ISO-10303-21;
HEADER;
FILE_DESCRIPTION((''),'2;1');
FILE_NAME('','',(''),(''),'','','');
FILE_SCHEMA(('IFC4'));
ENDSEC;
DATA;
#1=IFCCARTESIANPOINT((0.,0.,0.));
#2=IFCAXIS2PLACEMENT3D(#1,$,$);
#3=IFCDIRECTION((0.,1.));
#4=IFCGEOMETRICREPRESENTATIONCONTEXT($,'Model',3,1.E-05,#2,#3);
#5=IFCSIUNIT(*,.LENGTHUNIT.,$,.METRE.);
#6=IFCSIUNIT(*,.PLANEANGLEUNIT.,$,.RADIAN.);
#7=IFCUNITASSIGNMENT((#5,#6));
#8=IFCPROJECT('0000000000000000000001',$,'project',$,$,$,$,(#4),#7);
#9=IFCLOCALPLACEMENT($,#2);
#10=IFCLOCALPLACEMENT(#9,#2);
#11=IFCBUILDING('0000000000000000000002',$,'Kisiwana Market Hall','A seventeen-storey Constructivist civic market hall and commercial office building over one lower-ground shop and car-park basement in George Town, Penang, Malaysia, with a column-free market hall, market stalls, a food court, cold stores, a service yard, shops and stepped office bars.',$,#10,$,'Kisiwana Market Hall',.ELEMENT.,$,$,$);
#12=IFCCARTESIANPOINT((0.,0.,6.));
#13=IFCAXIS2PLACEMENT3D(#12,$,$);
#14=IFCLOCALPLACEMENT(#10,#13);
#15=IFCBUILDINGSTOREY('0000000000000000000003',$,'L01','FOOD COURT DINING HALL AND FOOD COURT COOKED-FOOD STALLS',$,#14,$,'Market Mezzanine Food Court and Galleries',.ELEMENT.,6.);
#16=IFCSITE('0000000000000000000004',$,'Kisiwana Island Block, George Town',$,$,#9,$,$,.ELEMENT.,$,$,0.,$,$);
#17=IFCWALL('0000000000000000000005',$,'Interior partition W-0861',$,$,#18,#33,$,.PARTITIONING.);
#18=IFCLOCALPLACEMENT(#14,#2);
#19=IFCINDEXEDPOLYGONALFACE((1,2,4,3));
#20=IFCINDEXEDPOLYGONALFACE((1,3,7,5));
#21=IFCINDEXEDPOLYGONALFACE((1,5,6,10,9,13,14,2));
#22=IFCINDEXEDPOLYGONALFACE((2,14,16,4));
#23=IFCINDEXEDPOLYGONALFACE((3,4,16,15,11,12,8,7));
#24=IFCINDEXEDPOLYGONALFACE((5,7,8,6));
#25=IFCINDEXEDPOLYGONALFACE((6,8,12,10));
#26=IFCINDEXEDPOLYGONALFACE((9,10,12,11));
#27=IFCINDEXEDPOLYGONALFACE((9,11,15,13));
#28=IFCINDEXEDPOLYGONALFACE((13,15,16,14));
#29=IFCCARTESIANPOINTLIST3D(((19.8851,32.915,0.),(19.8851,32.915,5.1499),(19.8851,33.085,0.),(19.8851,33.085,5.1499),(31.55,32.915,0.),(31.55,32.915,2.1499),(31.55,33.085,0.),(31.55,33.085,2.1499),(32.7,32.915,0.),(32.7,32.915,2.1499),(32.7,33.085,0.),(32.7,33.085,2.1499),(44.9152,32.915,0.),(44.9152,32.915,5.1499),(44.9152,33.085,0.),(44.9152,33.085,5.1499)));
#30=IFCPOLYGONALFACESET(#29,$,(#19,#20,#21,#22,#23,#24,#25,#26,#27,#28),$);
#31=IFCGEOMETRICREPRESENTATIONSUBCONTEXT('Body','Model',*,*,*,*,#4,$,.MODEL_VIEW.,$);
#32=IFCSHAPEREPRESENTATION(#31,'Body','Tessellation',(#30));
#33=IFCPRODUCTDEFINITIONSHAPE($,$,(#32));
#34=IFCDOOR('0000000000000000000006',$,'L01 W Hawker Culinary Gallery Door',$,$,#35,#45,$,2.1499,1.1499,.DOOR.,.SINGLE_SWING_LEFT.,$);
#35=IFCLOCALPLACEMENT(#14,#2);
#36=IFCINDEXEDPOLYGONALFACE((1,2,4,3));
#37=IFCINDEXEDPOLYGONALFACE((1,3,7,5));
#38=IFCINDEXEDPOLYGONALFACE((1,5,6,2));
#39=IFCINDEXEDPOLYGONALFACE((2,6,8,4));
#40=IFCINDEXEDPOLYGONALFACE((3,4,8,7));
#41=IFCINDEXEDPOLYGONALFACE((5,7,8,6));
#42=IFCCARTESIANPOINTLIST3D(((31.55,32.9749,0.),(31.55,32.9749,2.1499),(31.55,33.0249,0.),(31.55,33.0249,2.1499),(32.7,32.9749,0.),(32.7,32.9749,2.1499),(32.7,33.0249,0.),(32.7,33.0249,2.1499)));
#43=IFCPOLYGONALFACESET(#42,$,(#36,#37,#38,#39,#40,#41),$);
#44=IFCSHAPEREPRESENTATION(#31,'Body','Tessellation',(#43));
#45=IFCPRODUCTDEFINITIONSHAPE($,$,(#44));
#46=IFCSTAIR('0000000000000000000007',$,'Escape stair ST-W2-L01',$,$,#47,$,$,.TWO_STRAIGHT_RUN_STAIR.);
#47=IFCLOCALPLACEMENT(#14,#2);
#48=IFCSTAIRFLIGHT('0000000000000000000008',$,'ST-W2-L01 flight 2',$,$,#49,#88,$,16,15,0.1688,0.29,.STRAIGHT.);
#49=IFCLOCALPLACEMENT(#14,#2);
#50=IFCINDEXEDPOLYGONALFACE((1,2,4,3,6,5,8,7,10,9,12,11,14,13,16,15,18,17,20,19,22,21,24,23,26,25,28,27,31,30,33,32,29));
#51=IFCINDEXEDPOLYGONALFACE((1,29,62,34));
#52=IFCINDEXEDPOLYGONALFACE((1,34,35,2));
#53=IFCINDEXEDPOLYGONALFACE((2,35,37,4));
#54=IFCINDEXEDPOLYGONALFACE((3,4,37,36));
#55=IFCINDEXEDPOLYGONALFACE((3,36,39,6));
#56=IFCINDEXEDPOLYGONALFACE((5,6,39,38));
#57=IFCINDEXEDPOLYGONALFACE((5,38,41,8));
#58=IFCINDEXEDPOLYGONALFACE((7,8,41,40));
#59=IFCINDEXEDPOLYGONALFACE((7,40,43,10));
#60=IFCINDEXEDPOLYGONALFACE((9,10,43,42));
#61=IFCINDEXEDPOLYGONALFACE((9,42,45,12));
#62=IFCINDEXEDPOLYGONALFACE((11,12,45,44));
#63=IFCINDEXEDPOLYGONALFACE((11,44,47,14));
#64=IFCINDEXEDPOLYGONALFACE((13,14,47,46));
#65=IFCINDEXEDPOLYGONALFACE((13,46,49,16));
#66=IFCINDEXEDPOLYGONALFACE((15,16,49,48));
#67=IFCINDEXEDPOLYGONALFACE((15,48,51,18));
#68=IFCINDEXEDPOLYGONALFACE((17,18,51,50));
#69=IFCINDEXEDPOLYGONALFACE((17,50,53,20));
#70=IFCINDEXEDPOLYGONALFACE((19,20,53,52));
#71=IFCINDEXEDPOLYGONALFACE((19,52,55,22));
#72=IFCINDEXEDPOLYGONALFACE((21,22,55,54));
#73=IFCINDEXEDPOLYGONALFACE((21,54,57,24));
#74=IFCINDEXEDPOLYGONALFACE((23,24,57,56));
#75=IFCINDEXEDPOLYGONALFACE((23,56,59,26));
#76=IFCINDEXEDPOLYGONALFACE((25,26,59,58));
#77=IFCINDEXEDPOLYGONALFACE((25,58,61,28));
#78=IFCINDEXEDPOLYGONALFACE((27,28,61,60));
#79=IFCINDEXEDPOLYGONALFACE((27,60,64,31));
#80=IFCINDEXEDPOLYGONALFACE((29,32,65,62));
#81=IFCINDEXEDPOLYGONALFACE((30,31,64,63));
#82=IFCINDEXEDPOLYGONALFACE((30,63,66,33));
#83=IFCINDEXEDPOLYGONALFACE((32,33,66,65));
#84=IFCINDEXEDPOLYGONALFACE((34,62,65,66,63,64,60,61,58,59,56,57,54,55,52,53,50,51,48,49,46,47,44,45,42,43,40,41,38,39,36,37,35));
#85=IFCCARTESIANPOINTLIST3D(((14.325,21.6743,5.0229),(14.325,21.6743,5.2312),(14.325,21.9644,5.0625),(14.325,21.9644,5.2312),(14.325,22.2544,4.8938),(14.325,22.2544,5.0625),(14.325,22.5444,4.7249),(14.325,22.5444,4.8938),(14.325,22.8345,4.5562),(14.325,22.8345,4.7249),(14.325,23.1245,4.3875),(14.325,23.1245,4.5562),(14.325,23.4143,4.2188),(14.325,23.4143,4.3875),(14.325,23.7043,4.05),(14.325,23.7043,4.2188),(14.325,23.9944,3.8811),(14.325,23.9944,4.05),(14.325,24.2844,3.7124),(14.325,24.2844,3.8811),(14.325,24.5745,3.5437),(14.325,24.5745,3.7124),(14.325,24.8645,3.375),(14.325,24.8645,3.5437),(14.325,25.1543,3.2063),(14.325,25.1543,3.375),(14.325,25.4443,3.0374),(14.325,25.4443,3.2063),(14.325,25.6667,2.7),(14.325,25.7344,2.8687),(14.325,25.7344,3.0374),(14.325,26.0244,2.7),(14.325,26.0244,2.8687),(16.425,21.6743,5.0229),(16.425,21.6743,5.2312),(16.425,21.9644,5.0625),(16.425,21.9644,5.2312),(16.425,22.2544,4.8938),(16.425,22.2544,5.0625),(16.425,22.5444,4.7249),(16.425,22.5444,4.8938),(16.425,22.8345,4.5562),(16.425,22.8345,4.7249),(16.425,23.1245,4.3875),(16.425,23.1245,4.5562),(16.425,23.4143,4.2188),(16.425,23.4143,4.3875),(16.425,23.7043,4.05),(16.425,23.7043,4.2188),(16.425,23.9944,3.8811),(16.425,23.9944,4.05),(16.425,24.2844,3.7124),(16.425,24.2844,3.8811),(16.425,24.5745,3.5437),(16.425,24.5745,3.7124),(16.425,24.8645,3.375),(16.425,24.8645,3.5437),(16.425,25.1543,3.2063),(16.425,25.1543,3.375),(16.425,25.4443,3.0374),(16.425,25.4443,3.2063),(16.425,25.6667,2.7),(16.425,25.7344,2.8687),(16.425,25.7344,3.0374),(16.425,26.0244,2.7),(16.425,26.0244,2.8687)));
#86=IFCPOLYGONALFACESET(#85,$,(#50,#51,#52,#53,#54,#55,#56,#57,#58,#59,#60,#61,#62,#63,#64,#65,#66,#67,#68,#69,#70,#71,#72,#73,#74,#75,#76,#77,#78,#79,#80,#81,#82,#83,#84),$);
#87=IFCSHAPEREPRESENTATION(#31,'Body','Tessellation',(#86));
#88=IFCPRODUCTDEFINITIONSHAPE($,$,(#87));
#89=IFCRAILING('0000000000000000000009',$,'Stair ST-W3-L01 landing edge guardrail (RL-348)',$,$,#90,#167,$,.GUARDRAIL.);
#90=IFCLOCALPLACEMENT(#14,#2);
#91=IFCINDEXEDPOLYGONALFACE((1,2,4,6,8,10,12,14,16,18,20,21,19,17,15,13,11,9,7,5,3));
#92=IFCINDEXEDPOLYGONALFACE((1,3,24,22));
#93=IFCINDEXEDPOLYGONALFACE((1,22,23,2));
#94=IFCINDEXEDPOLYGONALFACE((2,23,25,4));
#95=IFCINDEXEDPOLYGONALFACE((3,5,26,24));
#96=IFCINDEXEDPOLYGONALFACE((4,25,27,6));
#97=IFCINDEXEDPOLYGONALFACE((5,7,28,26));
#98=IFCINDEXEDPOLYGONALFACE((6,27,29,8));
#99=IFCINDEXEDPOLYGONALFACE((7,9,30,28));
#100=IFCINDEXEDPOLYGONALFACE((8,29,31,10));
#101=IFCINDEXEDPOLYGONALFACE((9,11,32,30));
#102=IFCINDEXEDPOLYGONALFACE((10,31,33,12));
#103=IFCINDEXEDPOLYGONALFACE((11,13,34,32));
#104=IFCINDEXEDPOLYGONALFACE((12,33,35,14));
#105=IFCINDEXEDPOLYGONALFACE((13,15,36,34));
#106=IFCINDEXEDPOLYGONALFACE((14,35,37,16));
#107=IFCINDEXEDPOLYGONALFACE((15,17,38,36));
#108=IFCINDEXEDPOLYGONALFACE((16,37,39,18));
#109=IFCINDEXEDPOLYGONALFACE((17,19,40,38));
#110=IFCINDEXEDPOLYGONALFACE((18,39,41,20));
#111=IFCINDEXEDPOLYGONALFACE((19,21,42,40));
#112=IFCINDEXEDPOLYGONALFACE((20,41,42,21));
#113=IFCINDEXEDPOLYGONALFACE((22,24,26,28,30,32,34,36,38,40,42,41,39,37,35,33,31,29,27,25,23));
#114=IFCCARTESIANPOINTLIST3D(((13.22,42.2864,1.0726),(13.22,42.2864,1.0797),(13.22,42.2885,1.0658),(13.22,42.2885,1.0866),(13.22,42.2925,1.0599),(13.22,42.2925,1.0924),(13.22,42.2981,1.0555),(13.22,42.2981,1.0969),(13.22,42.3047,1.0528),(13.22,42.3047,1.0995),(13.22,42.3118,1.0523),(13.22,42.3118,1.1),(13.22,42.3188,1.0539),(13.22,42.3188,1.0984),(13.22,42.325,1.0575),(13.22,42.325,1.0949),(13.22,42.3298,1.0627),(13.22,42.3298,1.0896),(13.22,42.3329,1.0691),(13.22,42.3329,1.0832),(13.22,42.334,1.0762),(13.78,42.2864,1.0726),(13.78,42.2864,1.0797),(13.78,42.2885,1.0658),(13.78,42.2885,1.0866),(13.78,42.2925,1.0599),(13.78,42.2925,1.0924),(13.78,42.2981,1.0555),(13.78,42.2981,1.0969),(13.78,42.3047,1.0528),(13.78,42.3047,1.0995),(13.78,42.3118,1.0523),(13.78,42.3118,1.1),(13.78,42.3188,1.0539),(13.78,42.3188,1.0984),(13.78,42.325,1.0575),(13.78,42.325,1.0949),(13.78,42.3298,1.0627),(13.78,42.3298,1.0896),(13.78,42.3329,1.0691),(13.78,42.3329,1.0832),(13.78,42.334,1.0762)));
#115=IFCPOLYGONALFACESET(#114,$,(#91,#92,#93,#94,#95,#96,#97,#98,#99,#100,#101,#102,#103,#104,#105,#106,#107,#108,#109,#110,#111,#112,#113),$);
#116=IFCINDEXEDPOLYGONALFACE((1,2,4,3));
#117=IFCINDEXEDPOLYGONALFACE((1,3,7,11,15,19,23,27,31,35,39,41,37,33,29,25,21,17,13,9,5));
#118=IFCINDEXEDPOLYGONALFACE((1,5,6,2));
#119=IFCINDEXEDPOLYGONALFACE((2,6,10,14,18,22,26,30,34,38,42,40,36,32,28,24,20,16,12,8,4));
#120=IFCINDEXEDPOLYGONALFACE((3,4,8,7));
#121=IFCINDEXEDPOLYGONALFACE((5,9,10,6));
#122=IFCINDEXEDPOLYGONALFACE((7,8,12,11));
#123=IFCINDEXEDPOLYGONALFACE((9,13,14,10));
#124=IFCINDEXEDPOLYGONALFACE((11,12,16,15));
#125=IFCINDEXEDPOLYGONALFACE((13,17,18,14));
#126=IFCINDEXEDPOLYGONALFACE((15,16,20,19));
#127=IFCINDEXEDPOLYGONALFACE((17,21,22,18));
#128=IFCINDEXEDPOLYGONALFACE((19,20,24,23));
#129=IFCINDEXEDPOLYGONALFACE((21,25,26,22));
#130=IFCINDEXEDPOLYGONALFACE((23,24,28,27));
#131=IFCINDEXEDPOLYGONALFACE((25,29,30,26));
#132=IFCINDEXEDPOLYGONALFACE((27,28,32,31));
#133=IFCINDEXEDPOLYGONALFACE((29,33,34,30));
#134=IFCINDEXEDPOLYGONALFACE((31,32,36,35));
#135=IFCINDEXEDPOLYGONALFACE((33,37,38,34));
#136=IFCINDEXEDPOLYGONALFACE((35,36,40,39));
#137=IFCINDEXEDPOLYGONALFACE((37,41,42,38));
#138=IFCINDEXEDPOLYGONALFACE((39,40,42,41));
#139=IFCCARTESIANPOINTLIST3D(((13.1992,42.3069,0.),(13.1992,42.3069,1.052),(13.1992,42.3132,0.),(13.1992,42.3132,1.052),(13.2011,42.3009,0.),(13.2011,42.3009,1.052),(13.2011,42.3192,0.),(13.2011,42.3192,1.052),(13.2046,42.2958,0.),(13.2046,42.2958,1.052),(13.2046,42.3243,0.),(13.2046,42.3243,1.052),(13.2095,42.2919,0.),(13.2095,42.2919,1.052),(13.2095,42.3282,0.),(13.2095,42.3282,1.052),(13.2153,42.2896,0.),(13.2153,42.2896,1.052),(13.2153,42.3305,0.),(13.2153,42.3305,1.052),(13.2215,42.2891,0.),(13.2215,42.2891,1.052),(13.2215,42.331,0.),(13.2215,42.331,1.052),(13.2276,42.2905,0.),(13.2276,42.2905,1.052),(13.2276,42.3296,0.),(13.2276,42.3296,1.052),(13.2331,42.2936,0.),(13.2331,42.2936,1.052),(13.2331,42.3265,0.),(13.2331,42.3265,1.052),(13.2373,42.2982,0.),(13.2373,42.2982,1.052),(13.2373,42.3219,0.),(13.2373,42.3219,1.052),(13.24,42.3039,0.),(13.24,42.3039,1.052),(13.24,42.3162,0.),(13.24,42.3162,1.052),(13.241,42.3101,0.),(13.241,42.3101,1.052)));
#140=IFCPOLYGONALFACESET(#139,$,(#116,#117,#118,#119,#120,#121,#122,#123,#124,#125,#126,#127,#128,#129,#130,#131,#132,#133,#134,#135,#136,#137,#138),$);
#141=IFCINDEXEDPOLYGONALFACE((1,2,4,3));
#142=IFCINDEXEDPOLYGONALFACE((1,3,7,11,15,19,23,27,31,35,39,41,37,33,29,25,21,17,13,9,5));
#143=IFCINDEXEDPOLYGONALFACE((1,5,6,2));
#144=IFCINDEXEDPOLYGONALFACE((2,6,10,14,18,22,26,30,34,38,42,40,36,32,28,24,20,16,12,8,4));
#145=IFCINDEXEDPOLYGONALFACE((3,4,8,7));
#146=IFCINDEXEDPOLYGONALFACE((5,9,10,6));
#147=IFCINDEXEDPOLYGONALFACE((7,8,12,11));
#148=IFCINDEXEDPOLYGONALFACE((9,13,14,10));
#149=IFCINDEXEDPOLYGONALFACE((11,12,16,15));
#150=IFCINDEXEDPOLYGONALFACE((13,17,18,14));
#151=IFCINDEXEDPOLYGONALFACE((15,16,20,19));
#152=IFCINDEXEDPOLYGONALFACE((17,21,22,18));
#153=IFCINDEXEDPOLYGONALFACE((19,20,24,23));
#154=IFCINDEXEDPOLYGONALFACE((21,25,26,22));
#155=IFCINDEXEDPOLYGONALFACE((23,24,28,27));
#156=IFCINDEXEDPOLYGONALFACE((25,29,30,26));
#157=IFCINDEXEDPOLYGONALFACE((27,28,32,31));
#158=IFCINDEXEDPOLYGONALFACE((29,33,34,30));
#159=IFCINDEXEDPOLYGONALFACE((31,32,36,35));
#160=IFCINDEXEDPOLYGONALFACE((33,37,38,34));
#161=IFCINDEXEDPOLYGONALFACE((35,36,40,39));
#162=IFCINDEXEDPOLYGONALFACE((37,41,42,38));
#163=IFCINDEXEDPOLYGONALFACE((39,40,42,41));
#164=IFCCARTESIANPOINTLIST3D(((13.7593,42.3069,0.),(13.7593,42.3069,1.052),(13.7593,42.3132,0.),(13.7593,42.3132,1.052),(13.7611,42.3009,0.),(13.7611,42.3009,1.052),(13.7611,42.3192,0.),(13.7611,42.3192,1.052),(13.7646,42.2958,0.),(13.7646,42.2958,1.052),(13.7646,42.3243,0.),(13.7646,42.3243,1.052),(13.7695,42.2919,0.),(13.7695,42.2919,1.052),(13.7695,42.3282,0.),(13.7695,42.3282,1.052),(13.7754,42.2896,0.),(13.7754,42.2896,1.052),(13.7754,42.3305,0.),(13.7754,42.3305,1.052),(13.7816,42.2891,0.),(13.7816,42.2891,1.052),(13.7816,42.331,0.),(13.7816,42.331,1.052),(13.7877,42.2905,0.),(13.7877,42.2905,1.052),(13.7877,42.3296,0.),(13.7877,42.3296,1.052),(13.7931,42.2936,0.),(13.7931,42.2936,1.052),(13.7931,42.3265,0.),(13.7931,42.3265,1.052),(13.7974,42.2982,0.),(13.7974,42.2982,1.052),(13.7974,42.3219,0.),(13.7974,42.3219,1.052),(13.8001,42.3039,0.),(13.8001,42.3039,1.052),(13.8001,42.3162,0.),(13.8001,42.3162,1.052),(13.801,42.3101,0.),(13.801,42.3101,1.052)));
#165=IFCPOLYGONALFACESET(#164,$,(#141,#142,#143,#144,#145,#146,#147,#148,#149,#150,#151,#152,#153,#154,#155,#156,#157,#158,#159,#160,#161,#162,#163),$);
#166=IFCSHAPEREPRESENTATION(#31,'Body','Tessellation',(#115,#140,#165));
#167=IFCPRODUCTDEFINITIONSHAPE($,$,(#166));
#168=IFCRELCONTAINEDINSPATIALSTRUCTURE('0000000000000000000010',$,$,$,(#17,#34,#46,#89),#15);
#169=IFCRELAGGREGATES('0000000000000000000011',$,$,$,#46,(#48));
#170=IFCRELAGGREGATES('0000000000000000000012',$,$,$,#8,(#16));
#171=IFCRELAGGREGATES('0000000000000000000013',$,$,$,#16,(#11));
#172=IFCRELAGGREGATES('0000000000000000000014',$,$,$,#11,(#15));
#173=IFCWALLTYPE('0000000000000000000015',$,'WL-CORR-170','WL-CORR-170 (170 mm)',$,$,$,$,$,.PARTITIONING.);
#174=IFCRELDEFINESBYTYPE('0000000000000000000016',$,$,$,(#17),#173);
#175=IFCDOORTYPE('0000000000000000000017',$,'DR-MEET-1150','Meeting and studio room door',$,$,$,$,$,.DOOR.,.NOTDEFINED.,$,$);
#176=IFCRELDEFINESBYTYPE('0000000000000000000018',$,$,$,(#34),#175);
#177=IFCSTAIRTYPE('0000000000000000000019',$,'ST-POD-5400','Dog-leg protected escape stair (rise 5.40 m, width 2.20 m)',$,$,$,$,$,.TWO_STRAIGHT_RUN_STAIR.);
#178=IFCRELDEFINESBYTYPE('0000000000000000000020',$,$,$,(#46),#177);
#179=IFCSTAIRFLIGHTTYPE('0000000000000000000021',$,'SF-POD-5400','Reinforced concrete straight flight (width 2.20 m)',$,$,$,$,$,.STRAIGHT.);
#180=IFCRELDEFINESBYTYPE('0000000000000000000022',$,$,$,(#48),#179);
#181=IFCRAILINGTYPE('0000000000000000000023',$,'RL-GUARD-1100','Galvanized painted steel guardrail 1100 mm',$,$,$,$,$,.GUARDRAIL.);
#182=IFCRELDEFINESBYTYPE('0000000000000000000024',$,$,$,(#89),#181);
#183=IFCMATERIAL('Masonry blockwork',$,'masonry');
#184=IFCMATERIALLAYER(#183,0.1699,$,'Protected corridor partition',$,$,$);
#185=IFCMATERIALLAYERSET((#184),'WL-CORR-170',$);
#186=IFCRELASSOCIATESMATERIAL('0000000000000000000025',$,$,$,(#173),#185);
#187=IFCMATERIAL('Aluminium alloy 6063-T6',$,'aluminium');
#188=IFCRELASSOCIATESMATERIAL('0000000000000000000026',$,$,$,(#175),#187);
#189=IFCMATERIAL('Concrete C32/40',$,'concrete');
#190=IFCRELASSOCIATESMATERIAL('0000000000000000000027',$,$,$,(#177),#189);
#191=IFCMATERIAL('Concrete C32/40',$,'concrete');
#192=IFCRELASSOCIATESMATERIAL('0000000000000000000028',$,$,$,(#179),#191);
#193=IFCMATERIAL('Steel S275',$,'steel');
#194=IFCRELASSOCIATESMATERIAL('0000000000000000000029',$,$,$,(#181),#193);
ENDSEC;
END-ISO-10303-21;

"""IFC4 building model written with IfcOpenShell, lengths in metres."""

from ifc_helpers import new_model, si_unit, direction, frame, frame_2d, origin, origin_2d, place, context, subcontext, project, spatial, polyline, rectangle, circle, outline, extrude, material, layer, layer_set, type_object, element, fill, aggregate, save


model = new_model("IFC4")

# Units and contexts
model_context = context("Model", 3, precision=1e-05, world=origin(), true_north=direction((0.0, 1.0)))
body_context = subcontext(model_context, "Body", "Model", "MODEL_VIEW")
ifc_project = project(units=[si_unit("LENGTHUNIT", "METRE"), si_unit("PLANEANGLEUNIT", "RADIAN")], contexts=[model_context])

# Site, building, storey
site_placement = place(None, origin())
site = spatial("IfcSite", under=ifc_project, at=site_placement, Name="Kisiwana Island Block, George Town", CompositionType="ELEMENT", RefElevation=0.0)
building_placement = place(site_placement, origin())
building = spatial("IfcBuilding", under=site, at=building_placement, Name="Kisiwana Market Hall", Description="A seventeen-storey Constructivist civic market hall and commercial office building over one lower-ground shop and car-park basement in George Town, Penang, Malaysia, with a column-free market hall, market stalls, a food court, cold stores, a service yard, shops and stepped office bars.", LongName="Kisiwana Market Hall", CompositionType="ELEMENT")
storey_placement = place(building_placement, frame((0.0, 0.0, 6.0)))
storey = spatial("IfcBuildingStorey", under=building, at=storey_placement, Name="L01", Description="FOOD COURT DINING HALL AND FOOD COURT COOKED-FOOD STALLS", LongName="Market Mezzanine Food Court and Galleries", CompositionType="ELEMENT", Elevation=6.0)

# Wall, opening, door
ifc_material_1 = material(Name="Masonry blockwork", Category="masonry")
ifc_layer_1 = layer(ifc_material_1, 0.1699, Name="Protected corridor partition")
ifc_layer_set_1 = layer_set([ifc_layer_1], Name="WL-CORR-170")
wall_type_1 = type_object("IfcWallType", Name="WL-CORR-170", Description="WL-CORR-170 (170 mm)", PredefinedType="PARTITIONING", material=ifc_layer_set_1)
wall_1_placement = place(storey_placement, frame((19.885, 33.0, 0.0), z_axis=(0.0, 0.0, 1.0), x_axis=(1.0, 0.0, 0.0)))
wall_1 = element("IfcWall", 1, at=wall_1_placement, inside=storey, type_object=wall_type_1, Name="Interior partition W-0861", PredefinedType="PARTITIONING", context=body_context, shape_type="SweptSolid", body=[
    extrude(rectangle(XDim=25.03, YDim=0.1699, at=frame_2d((12.5151, 0.0))), origin(), (0.0, 0.0, 1.0), 5.1499),
])
opening_1_placement = place(wall_1_placement, frame((11.665, 0.0, 0.0)))
opening_1 = element("IfcOpeningElement", 2, at=opening_1_placement, cuts=wall_1, PredefinedType="OPENING", context=body_context, shape_type="SweptSolid", body=[
    extrude(rectangle(XDim=1.1499, YDim=2.1499, at=frame_2d((0.575, 1.075))), frame((0.0, 0.0969, 0.0), z_axis=(0.0, -1.0, 0.0), x_axis=(1.0, 0.0, 0.0)), (0.0, 0.0, 1.0), 0.1938),
])
ifc_material_2 = material(Name="Aluminium alloy 6063-T6", Category="aluminium")
door_type_1 = type_object("IfcDoorType", Name="DR-MEET-1150", Description="Meeting and studio room door", OperationType="NOTDEFINED", PredefinedType="DOOR", material=ifc_material_2)
door_1_placement = place(opening_1_placement, origin())
door_1 = element("IfcDoor", 3, at=door_1_placement, inside=storey, type_object=door_type_1, Name="L01 W Hawker Culinary Gallery Door", OperationType="SINGLE_SWING_LEFT", OverallHeight=2.1499, OverallWidth=1.1499, PredefinedType="DOOR", context=body_context, shape_type="SweptSolid", body=[
    extrude(rectangle(XDim=1.1499, YDim=2.1499, at=frame_2d((0.575, 1.075))), frame((0.0, 0.0249, 0.0), z_axis=(0.0, -1.0, 0.0), x_axis=(1.0, 0.0, 0.0)), (0.0, 0.0, 1.0), 0.05),
])
fill(opening_1, door_1)

# Stair, stair flight
ifc_material_3 = material(Name="Concrete C32/40", Category="concrete")
stair_type = type_object("IfcStairType", Name="ST-POD-5400", Description="Dog-leg protected escape stair (rise 5.40 m, width 2.20 m)", PredefinedType="TWO_STRAIGHT_RUN_STAIR", material=ifc_material_3)
stair_placement = place(storey_placement, origin())
stair = element("IfcStair", 4, at=stair_placement, inside=storey, type_object=stair_type, Name="Escape stair ST-W2-L01", PredefinedType="TWO_STRAIGHT_RUN_STAIR")
ifc_material_4 = material(Name="Concrete C32/40", Category="concrete")
stair_flight_type = type_object("IfcStairFlightType", Name="SF-POD-5400", Description="Reinforced concrete straight flight (width 2.20 m)", PredefinedType="STRAIGHT", material=ifc_material_4)
stair_flight_placement = place(storey_placement, frame((15.375, 26.0244, 2.7), z_axis=(0.0, 0.0, 1.0), x_axis=(0.0, -1.0, 0.0)))
stair_flight = element("IfcStairFlight", 5, at=stair_flight_placement, type_object=stair_flight_type, Name="ST-W2-L01 flight 2", NumberOfRisers=16, NumberOfTreads=15, PredefinedType="STRAIGHT", RiserHeight=0.1688, TreadLength=0.29, context=body_context, shape_type="SweptSolid", body=[
    extrude(outline(polyline([(0.0, 0.0), (0.0, 0.1687), (0.29, 0.1687), (0.29, 0.3374), (0.5801, 0.3374), (0.5801, 0.5063), (0.8701, 0.5063), (0.8701, 0.675), (1.1599, 0.675), (1.1599, 0.8438), (1.45, 0.8438), (1.45, 1.0125), (1.74, 1.0125), (1.74, 1.1812), (2.03, 1.1812), (2.03, 1.3501), (2.3201, 1.3501), (2.3201, 1.5188), (2.6101, 1.5188), (2.6101, 1.6875), (2.8999, 1.6875), (2.8999, 1.8562), (3.1899, 1.8562), (3.1899, 2.0249), (3.48, 2.0249), (3.48, 2.1938), (3.77, 2.1938), (3.77, 2.3625), (4.0601, 2.3625), (4.0601, 2.5312), (4.3501, 2.5312), (4.3501, 2.7), (4.3501, 2.323), (0.3577, 0.0), (0.0, 0.0)])), frame((0.0, 1.05, 0.0), z_axis=(0.0, -1.0, 0.0), x_axis=(1.0, 0.0, 0.0)), (0.0, 0.0, 1.0), 2.1001),
])
aggregate(stair, [stair_flight])

# Railing
ifc_material_5 = material(Name="Steel S275", Category="steel")
railing_type_1 = type_object("IfcRailingType", Name="RL-GUARD-1100", Description="Galvanized painted steel guardrail 1100 mm", PredefinedType="GUARDRAIL", material=ifc_material_5)
railing_1_placement = place(storey_placement, frame((13.22, 42.3101, 0.0)))
element("IfcRailing", 6, at=railing_1_placement, inside=storey, type_object=railing_type_1, Name="Stair ST-W3-L01 landing edge guardrail (RL-348)", PredefinedType="GUARDRAIL", context=body_context, shape_type="SweptSolid", body=[
    extrude(circle(Radius=0.0239, at=origin_2d()), frame((0.0, 0.0, 1.0762), z_axis=(1.0, 0.0, 0.0), x_axis=(0.0, 1.0, 0.0)), (0.0, 0.0, 1.0), 0.5601),
    extrude(circle(Radius=0.021, at=origin_2d()), origin(), (0.0, 0.0, 1.0), 1.052),
    extrude(circle(Radius=0.021, at=origin_2d()), frame((0.5601, 0.0, 0.0)), (0.0, 0.0, 1.0), 1.052),
])

save(model, "model.ifc")
